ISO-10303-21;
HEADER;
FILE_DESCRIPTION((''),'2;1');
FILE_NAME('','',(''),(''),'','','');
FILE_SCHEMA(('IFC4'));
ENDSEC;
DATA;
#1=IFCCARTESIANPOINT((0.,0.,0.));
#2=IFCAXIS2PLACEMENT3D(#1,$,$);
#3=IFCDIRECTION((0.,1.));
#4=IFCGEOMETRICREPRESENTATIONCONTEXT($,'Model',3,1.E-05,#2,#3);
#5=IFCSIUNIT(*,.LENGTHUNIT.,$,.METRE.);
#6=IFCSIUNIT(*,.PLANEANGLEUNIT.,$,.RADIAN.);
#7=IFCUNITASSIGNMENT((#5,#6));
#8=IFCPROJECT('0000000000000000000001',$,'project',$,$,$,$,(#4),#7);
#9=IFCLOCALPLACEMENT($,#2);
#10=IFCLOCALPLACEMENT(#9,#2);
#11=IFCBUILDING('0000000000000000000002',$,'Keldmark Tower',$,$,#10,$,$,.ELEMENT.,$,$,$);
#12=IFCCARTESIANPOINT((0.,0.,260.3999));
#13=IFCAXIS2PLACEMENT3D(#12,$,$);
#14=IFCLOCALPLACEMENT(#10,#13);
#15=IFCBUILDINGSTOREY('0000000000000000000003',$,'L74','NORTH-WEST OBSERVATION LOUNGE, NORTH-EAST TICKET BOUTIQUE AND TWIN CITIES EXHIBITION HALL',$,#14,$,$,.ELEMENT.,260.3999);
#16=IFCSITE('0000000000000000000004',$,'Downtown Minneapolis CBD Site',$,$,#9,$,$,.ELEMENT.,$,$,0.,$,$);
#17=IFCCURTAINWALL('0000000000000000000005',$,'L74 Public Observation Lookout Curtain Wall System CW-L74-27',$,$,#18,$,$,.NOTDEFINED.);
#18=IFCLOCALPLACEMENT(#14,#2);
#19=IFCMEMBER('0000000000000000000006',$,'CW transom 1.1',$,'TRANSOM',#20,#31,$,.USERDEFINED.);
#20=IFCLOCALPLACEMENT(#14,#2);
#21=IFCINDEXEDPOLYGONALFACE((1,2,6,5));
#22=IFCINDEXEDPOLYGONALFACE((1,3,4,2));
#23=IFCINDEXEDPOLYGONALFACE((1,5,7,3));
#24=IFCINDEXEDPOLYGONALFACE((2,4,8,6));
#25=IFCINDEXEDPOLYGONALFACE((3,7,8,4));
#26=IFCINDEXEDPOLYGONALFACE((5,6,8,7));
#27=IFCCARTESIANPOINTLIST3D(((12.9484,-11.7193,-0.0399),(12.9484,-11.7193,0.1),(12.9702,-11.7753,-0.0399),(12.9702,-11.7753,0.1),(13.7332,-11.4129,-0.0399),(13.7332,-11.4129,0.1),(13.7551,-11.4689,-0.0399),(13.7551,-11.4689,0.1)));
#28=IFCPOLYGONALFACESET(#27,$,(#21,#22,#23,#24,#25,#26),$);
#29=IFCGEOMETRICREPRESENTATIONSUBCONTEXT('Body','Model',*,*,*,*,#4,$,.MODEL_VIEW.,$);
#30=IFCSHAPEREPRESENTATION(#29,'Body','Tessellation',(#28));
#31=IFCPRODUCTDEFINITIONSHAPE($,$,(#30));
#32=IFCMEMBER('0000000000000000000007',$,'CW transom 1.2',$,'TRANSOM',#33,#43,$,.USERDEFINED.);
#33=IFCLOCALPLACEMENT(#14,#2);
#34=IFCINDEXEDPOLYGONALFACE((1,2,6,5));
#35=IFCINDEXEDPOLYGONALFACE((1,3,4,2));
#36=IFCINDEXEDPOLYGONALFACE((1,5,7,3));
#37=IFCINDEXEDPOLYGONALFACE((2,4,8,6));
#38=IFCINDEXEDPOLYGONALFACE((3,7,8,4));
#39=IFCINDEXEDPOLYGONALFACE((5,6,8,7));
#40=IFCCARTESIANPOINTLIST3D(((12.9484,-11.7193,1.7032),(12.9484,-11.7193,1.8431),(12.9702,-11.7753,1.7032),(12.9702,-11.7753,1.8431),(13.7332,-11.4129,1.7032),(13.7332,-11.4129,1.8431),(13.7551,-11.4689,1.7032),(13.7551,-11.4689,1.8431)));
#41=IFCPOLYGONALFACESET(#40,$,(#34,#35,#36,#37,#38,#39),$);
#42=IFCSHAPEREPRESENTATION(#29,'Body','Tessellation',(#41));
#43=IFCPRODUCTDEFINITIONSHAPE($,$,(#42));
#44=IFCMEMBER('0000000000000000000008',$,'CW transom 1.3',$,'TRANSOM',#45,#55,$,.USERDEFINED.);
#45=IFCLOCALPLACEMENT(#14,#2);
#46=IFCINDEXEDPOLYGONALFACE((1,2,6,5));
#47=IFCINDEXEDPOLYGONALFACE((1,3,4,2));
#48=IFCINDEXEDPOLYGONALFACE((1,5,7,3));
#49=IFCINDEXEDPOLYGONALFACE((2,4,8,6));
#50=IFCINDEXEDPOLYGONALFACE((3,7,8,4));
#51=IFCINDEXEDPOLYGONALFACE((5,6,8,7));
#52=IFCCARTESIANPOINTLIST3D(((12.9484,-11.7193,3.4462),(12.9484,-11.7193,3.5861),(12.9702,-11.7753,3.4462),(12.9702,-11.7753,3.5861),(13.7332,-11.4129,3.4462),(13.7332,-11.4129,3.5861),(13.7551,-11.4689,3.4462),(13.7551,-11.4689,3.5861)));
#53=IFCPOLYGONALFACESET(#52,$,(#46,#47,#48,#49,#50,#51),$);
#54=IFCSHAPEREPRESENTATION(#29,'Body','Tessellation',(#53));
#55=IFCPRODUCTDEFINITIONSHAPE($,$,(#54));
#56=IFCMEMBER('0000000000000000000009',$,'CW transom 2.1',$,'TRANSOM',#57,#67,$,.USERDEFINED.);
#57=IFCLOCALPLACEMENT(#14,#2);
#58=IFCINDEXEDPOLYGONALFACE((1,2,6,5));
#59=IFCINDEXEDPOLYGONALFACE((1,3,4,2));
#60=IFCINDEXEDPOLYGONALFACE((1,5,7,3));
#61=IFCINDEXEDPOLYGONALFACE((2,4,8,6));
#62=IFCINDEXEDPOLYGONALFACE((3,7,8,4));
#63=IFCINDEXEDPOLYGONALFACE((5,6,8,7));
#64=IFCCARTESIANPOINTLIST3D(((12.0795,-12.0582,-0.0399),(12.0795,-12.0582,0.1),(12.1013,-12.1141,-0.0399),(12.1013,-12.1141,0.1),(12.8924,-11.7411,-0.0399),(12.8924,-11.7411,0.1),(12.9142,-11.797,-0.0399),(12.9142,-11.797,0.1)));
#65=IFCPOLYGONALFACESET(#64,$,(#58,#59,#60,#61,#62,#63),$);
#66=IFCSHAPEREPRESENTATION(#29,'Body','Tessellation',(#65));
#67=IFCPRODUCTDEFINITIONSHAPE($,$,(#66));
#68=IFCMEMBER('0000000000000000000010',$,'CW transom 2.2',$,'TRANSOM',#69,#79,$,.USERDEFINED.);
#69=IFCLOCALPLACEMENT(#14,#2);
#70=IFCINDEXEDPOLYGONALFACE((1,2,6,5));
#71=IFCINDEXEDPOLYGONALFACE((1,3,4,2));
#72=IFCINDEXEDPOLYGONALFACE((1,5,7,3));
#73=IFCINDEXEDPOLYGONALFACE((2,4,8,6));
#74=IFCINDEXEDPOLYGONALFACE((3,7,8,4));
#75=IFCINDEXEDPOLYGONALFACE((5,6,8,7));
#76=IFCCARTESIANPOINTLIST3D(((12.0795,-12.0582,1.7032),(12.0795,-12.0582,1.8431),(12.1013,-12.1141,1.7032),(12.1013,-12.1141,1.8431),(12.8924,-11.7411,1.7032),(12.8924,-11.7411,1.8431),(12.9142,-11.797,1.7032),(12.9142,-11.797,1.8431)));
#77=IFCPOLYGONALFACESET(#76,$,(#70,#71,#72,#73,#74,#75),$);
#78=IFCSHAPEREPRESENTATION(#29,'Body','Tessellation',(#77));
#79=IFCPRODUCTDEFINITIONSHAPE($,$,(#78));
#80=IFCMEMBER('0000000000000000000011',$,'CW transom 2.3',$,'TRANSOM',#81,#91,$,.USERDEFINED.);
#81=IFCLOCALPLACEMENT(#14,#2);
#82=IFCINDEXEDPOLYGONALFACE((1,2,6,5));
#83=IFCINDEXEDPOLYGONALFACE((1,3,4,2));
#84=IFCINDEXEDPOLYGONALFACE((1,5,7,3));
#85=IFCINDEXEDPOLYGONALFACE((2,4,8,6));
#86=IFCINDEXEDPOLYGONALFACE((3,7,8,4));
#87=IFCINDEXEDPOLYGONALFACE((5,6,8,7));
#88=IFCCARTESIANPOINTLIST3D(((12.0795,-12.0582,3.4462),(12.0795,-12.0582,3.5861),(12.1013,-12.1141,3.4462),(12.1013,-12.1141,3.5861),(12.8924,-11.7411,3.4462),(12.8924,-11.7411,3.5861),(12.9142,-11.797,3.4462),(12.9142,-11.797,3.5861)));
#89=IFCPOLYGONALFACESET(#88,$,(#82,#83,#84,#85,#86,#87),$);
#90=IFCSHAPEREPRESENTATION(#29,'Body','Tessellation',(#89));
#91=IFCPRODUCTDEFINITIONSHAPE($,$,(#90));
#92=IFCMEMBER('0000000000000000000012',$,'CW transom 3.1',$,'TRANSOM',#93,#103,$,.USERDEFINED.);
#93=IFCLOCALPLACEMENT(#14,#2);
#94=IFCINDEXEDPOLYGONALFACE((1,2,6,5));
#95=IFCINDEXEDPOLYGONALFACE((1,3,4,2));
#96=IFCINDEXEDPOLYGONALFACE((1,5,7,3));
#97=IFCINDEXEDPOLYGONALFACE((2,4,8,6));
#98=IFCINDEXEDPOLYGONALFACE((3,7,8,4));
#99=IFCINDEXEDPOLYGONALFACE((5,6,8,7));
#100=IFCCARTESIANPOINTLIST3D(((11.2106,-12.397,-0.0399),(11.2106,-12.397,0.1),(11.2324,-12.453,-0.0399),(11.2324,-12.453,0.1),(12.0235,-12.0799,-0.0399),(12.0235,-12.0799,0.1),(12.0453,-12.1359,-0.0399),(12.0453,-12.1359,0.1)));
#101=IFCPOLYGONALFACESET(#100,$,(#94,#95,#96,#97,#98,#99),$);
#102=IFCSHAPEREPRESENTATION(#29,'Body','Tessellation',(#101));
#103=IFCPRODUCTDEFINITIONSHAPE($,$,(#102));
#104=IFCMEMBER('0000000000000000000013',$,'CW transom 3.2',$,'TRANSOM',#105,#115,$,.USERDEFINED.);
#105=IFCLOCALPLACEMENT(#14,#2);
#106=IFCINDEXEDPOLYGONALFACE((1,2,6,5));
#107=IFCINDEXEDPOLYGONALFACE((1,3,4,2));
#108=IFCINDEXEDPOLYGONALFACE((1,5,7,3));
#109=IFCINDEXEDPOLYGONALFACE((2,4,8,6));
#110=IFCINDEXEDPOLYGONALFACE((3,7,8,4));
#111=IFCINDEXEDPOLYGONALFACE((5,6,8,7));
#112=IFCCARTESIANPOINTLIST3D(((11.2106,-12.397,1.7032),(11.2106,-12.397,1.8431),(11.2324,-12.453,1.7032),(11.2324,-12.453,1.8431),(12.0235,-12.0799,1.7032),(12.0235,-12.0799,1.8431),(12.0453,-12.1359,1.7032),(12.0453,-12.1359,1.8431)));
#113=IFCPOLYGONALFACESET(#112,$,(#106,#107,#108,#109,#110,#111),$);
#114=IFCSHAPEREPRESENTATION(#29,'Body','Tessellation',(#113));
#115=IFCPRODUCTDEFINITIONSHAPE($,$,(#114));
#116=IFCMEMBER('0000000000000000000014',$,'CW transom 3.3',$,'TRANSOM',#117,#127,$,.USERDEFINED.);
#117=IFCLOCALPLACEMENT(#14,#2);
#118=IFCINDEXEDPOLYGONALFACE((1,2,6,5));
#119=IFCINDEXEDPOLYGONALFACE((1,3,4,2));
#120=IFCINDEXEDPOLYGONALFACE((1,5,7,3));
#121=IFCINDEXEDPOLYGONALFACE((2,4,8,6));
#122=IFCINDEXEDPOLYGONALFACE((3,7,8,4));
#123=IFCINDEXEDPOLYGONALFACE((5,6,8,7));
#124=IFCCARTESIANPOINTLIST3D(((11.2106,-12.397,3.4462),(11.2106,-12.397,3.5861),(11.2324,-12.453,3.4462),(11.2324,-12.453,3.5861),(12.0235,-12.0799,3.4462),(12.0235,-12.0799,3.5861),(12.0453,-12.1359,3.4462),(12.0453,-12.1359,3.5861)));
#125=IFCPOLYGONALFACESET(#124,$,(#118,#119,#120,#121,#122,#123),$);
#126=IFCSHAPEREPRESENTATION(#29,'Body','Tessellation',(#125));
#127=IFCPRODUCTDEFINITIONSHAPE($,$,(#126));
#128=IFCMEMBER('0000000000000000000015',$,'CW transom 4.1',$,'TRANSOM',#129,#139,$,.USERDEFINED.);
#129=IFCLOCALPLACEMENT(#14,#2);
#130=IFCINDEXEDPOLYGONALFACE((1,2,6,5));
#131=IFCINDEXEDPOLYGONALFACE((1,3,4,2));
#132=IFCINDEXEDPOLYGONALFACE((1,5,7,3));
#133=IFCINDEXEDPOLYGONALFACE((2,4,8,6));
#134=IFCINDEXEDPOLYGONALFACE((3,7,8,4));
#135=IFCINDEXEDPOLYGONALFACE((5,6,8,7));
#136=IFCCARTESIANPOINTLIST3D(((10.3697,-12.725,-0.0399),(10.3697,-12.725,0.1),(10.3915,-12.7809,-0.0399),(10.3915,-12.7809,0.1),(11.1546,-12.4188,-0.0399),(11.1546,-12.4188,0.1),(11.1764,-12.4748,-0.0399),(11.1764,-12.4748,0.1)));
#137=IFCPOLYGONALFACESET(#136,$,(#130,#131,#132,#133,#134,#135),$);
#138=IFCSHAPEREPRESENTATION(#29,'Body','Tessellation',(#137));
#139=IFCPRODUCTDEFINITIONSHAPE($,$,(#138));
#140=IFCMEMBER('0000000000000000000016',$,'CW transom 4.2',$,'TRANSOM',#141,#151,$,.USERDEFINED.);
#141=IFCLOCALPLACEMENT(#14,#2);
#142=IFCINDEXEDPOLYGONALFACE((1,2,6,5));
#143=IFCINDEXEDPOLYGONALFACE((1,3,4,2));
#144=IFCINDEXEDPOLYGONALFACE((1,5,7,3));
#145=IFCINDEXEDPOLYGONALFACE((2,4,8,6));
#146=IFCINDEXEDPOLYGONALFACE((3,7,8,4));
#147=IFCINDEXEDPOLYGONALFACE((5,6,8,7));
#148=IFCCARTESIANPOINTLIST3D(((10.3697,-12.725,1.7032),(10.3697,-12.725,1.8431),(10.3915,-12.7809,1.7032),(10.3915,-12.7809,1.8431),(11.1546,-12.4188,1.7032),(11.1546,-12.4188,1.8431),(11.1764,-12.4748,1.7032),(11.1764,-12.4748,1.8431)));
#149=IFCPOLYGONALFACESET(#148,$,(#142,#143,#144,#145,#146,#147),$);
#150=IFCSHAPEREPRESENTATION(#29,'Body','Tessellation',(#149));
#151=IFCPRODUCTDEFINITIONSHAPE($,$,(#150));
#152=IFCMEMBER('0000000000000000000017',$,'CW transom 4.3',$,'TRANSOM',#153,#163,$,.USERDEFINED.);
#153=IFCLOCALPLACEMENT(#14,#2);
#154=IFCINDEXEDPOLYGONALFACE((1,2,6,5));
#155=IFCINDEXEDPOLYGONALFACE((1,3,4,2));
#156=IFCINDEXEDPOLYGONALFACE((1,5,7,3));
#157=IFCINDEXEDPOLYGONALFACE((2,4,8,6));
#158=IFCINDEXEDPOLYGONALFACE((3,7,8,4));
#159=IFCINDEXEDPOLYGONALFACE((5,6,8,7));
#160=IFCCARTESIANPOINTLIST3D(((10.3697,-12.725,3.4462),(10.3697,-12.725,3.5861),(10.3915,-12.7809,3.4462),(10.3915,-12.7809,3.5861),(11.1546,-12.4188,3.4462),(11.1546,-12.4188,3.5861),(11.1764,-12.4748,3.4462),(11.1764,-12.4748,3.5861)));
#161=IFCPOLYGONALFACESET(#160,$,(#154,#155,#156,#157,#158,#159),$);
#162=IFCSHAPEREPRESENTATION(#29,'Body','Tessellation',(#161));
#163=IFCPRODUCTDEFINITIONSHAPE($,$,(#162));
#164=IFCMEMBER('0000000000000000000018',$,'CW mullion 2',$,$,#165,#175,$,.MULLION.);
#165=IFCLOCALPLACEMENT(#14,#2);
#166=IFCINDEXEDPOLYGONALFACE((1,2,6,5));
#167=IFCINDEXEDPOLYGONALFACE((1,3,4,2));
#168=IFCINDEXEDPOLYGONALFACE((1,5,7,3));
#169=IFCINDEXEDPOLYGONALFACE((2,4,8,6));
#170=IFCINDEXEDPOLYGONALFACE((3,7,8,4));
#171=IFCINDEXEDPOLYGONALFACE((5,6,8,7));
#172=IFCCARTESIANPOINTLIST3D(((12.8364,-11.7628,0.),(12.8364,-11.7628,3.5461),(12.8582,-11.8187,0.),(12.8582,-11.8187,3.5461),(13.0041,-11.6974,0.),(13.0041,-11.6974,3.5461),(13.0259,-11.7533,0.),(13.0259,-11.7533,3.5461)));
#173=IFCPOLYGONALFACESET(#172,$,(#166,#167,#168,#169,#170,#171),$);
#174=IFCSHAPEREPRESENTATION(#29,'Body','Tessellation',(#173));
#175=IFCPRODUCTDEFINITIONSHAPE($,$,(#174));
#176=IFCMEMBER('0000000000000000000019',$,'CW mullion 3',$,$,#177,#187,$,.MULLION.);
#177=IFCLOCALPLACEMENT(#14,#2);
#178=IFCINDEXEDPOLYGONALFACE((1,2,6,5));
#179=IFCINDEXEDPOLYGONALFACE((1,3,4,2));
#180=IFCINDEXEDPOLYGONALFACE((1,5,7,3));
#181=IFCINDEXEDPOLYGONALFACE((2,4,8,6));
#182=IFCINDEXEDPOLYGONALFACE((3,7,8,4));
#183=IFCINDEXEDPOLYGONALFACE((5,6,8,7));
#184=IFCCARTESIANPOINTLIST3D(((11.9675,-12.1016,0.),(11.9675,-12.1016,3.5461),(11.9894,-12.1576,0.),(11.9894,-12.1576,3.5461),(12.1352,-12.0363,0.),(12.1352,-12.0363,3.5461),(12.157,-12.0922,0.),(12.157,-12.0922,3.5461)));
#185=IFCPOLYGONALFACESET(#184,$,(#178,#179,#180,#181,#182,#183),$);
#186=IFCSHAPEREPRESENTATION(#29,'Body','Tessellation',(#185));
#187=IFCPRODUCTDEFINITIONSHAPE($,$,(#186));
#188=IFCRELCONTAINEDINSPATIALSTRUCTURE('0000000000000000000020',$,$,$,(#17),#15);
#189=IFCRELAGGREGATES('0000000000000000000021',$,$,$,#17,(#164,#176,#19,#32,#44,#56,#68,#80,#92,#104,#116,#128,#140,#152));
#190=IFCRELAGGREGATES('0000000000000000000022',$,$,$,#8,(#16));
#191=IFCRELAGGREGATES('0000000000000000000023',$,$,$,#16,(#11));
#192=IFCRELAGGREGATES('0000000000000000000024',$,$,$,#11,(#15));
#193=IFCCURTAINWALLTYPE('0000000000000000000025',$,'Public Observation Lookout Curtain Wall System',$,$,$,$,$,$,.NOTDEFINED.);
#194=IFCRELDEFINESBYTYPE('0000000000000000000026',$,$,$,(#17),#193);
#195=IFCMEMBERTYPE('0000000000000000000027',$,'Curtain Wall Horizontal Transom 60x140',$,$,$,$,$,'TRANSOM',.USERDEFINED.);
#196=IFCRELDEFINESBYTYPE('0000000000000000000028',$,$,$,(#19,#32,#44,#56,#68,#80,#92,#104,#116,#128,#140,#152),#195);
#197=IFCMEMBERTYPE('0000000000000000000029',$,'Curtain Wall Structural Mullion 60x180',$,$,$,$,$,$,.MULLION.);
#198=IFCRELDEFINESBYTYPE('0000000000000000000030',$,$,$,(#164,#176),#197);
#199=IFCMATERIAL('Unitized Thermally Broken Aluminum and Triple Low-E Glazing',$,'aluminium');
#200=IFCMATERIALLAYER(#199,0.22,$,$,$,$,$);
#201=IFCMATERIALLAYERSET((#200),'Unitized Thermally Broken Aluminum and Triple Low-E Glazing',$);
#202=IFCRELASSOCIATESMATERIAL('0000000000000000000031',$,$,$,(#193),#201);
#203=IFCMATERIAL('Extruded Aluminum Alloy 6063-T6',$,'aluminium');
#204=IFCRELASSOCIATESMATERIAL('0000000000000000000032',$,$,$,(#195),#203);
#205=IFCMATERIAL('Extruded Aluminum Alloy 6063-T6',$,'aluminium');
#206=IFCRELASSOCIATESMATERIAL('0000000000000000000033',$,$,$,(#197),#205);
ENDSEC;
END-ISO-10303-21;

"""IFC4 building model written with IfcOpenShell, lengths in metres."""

from ifc_helpers import new_model, si_unit, direction, frame, origin, origin_2d, place, context, subcontext, project, spatial, rectangle, extrude, material, layer, layer_set, material_profile, profile_set, type_object, element, aggregate, save


model = new_model("IFC4")

# Units and contexts
model_context = context("Model", 3, precision=1e-05, world=origin(), true_north=direction((0.0, 1.0)))
body_context = subcontext(model_context, "Body", "Model", "MODEL_VIEW")
ifc_project = project(units=[si_unit("LENGTHUNIT", "METRE"), si_unit("PLANEANGLEUNIT", "RADIAN")], contexts=[model_context])

# Site, building, storey
site_placement = place(None, origin())
site = spatial("IfcSite", under=ifc_project, at=site_placement, Name="Downtown Minneapolis CBD Site", CompositionType="ELEMENT", RefElevation=0.0)
building_placement = place(site_placement, origin())
building = spatial("IfcBuilding", under=site, at=building_placement, Name="Keldmark Tower", CompositionType="ELEMENT")
storey_placement = place(building_placement, frame((0.0, 0.0, 260.3999)))
storey = spatial("IfcBuildingStorey", under=building, at=storey_placement, Name="L74", Description="NORTH-WEST OBSERVATION LOUNGE, NORTH-EAST TICKET BOUTIQUE AND TWIN CITIES EXHIBITION HALL", CompositionType="ELEMENT", Elevation=260.3999)

# Curtain wall, members
ifc_material_1 = material(Name="Unitized Thermally Broken Aluminum and Triple Low-E Glazing", Category="aluminium")
ifc_layer_1 = layer(ifc_material_1, 0.22)
ifc_layer_set_1 = layer_set([ifc_layer_1], Name="Unitized Thermally Broken Aluminum and Triple Low-E Glazing")
curtain_wall_type = type_object("IfcCurtainWallType", Name="Public Observation Lookout Curtain Wall System", PredefinedType="NOTDEFINED", material=ifc_layer_set_1)
curtain_wall_placement = place(storey_placement, origin())
curtain_wall = element("IfcCurtainWall", 1, at=curtain_wall_placement, inside=storey, type_object=curtain_wall_type, Name="L74 Public Observation Lookout Curtain Wall System CW-L74-27", PredefinedType="NOTDEFINED")
ifc_material_2 = material(Name="Extruded Aluminum Alloy 6063-T6", Category="aluminium")
ifc_material_profile_1 = material_profile(ifc_material_2, rectangle(XDim=0.0601, YDim=0.1399, at=origin_2d()), Name="CWT60X140")
ifc_profile_set_1 = profile_set([ifc_material_profile_1], Name="Extruded Aluminum Alloy 6063-T6")
member_type_1 = type_object("IfcMemberType", Name="Curtain Wall Horizontal Transom 60x140", ElementType="TRANSOM", PredefinedType="USERDEFINED", material=ifc_profile_set_1)
member_1_placement = place(storey_placement, frame((13.7441, -11.4409, 0.03), z_axis=(-0.931542, -0.363634, 0.0), x_axis=(0.363634, -0.931542, 0.0)))
member_1 = element("IfcMember", 2, at=member_1_placement, type_object=member_type_1, Name="CW transom 1.1", ObjectType="TRANSOM", PredefinedType="USERDEFINED", context=body_context, shape_type="SweptSolid", body=[
    extrude(rectangle(XDim=0.0601, YDim=0.1399, at=origin_2d()), origin(), (0.0, 0.0, 1.0), 0.8425),
])
member_2_placement = place(storey_placement, frame((13.7441, -11.4409, 1.7732), z_axis=(-0.931542, -0.363634, 0.0), x_axis=(0.363634, -0.931542, 0.0)))
member_2 = element("IfcMember", 3, at=member_2_placement, type_object=member_type_1, Name="CW transom 1.2", ObjectType="TRANSOM", PredefinedType="USERDEFINED", context=body_context, shape_type="SweptSolid", body=[
    extrude(rectangle(XDim=0.0601, YDim=0.1399, at=origin_2d()), origin(), (0.0, 0.0, 1.0), 0.8425),
])
member_3_placement = place(storey_placement, frame((13.7441, -11.4409, 3.5161), z_axis=(-0.931542, -0.363634, 0.0), x_axis=(0.363634, -0.931542, 0.0)))
member_3 = element("IfcMember", 4, at=member_3_placement, type_object=member_type_1, Name="CW transom 1.3", ObjectType="TRANSOM", PredefinedType="USERDEFINED", context=body_context, shape_type="SweptSolid", body=[
    extrude(rectangle(XDim=0.0601, YDim=0.1399, at=origin_2d()), origin(), (0.0, 0.0, 1.0), 0.8425),
])
member_4_placement = place(storey_placement, frame((12.9033, -11.769, 0.03), z_axis=(-0.931626, -0.363418, 0.0), x_axis=(0.363418, -0.931626, 0.0)))
member_4 = element("IfcMember", 5, at=member_4_placement, type_object=member_type_1, Name="CW transom 2.1", ObjectType="TRANSOM", PredefinedType="USERDEFINED", context=body_context, shape_type="SweptSolid", body=[
    extrude(rectangle(XDim=0.0601, YDim=0.1399, at=origin_2d()), origin(), (0.0, 0.0, 1.0), 0.8726),
])
member_5_placement = place(storey_placement, frame((12.9033, -11.769, 1.7732), z_axis=(-0.931626, -0.363418, 0.0), x_axis=(0.363418, -0.931626, 0.0)))
member_5 = element("IfcMember", 6, at=member_5_placement, type_object=member_type_1, Name="CW transom 2.2", ObjectType="TRANSOM", PredefinedType="USERDEFINED", context=body_context, shape_type="SweptSolid", body=[
    extrude(rectangle(XDim=0.0601, YDim=0.1399, at=origin_2d()), origin(), (0.0, 0.0, 1.0), 0.8726),
])
member_6_placement = place(storey_placement, frame((12.9033, -11.769, 3.5161), z_axis=(-0.931626, -0.363418, 0.0), x_axis=(0.363418, -0.931626, 0.0)))
member_6 = element("IfcMember", 7, at=member_6_placement, type_object=member_type_1, Name="CW transom 2.3", ObjectType="TRANSOM", PredefinedType="USERDEFINED", context=body_context, shape_type="SweptSolid", body=[
    extrude(rectangle(XDim=0.0601, YDim=0.1399, at=origin_2d()), origin(), (0.0, 0.0, 1.0), 0.8726),
])
member_7_placement = place(storey_placement, frame((12.0344, -12.1079, 0.03), z_axis=(-0.931626, -0.363418, 0.0), x_axis=(0.363418, -0.931626, 0.0)))
member_7 = element("IfcMember", 8, at=member_7_placement, type_object=member_type_1, Name="CW transom 3.1", ObjectType="TRANSOM", PredefinedType="USERDEFINED", context=body_context, shape_type="SweptSolid", body=[
    extrude(rectangle(XDim=0.0601, YDim=0.1399, at=origin_2d()), origin(), (0.0, 0.0, 1.0), 0.8726),
])
member_8_placement = place(storey_placement, frame((12.0344, -12.1079, 1.7732), z_axis=(-0.931626, -0.363418, 0.0), x_axis=(0.363418, -0.931626, 0.0)))
member_8 = element("IfcMember", 9, at=member_8_placement, type_object=member_type_1, Name="CW transom 3.2", ObjectType="TRANSOM", PredefinedType="USERDEFINED", context=body_context, shape_type="SweptSolid", body=[
    extrude(rectangle(XDim=0.0601, YDim=0.1399, at=origin_2d()), origin(), (0.0, 0.0, 1.0), 0.8726),
])
member_9_placement = place(storey_placement, frame((12.0344, -12.1079, 3.5161), z_axis=(-0.931626, -0.363418, 0.0), x_axis=(0.363418, -0.931626, 0.0)))
member_9 = element("IfcMember", 10, at=member_9_placement, type_object=member_type_1, Name="CW transom 3.3", ObjectType="TRANSOM", PredefinedType="USERDEFINED", context=body_context, shape_type="SweptSolid", body=[
    extrude(rectangle(XDim=0.0601, YDim=0.1399, at=origin_2d()), origin(), (0.0, 0.0, 1.0), 0.8726),
])
member_10_placement = place(storey_placement, frame((11.1655, -12.4468, 0.03), z_axis=(-0.93164, -0.363383, 0.0), x_axis=(0.363383, -0.93164, 0.0)))
member_10 = element("IfcMember", 11, at=member_10_placement, type_object=member_type_1, Name="CW transom 4.1", ObjectType="TRANSOM", PredefinedType="USERDEFINED", context=body_context, shape_type="SweptSolid", body=[
    extrude(rectangle(XDim=0.0601, YDim=0.1399, at=origin_2d()), origin(), (0.0, 0.0, 1.0), 0.8425),
])
member_11_placement = place(storey_placement, frame((11.1655, -12.4468, 1.7732), z_axis=(-0.93164, -0.363383, 0.0), x_axis=(0.363383, -0.93164, 0.0)))
member_11 = element("IfcMember", 12, at=member_11_placement, type_object=member_type_1, Name="CW transom 4.2", ObjectType="TRANSOM", PredefinedType="USERDEFINED", context=body_context, shape_type="SweptSolid", body=[
    extrude(rectangle(XDim=0.0601, YDim=0.1399, at=origin_2d()), origin(), (0.0, 0.0, 1.0), 0.8425),
])
member_12_placement = place(storey_placement, frame((11.1655, -12.4468, 3.5161), z_axis=(-0.93164, -0.363383, 0.0), x_axis=(0.363383, -0.93164, 0.0)))
member_12 = element("IfcMember", 13, at=member_12_placement, type_object=member_type_1, Name="CW transom 4.3", ObjectType="TRANSOM", PredefinedType="USERDEFINED", context=body_context, shape_type="SweptSolid", body=[
    extrude(rectangle(XDim=0.0601, YDim=0.1399, at=origin_2d()), origin(), (0.0, 0.0, 1.0), 0.8425),
])
ifc_material_3 = material(Name="Extruded Aluminum Alloy 6063-T6", Category="aluminium")
ifc_material_profile_2 = material_profile(ifc_material_3, rectangle(XDim=0.0601, YDim=0.1799, at=origin_2d()), Name="CWM60X180")
ifc_profile_set_2 = profile_set([ifc_material_profile_2], Name="Extruded Aluminum Alloy 6063-T6")
member_type_2 = type_object("IfcMemberType", Name="Curtain Wall Structural Mullion 60x180", PredefinedType="MULLION", material=ifc_profile_set_2)
member_13_placement = place(storey_placement, frame((12.9312, -11.7581, 0.0), z_axis=(0.0, 0.0, 1.0), x_axis=(0.363381, -0.93164, 0.0)))
member_13 = element("IfcMember", 14, at=member_13_placement, type_object=member_type_2, Name="CW mullion 2", PredefinedType="MULLION", context=body_context, shape_type="SweptSolid", body=[
    extrude(rectangle(XDim=0.0601, YDim=0.1799, at=origin_2d()), origin(), (0.0, 0.0, 1.0), 3.5461),
])
member_14_placement = place(storey_placement, frame((12.0623, -12.0969, 0.0), z_axis=(0.0, 0.0, 1.0), x_axis=(0.363381, -0.93164, 0.0)))
member_14 = element("IfcMember", 15, at=member_14_placement, type_object=member_type_2, Name="CW mullion 3", PredefinedType="MULLION", context=body_context, shape_type="SweptSolid", body=[
    extrude(rectangle(XDim=0.0601, YDim=0.1799, at=origin_2d()), origin(), (0.0, 0.0, 1.0), 3.5461),
])

aggregate(curtain_wall, [member_13, member_14, member_1, member_2, member_3, member_4, member_5, member_6, member_7, member_8, member_9, member_10, member_11, member_12])

save(model, "model.ifc")
